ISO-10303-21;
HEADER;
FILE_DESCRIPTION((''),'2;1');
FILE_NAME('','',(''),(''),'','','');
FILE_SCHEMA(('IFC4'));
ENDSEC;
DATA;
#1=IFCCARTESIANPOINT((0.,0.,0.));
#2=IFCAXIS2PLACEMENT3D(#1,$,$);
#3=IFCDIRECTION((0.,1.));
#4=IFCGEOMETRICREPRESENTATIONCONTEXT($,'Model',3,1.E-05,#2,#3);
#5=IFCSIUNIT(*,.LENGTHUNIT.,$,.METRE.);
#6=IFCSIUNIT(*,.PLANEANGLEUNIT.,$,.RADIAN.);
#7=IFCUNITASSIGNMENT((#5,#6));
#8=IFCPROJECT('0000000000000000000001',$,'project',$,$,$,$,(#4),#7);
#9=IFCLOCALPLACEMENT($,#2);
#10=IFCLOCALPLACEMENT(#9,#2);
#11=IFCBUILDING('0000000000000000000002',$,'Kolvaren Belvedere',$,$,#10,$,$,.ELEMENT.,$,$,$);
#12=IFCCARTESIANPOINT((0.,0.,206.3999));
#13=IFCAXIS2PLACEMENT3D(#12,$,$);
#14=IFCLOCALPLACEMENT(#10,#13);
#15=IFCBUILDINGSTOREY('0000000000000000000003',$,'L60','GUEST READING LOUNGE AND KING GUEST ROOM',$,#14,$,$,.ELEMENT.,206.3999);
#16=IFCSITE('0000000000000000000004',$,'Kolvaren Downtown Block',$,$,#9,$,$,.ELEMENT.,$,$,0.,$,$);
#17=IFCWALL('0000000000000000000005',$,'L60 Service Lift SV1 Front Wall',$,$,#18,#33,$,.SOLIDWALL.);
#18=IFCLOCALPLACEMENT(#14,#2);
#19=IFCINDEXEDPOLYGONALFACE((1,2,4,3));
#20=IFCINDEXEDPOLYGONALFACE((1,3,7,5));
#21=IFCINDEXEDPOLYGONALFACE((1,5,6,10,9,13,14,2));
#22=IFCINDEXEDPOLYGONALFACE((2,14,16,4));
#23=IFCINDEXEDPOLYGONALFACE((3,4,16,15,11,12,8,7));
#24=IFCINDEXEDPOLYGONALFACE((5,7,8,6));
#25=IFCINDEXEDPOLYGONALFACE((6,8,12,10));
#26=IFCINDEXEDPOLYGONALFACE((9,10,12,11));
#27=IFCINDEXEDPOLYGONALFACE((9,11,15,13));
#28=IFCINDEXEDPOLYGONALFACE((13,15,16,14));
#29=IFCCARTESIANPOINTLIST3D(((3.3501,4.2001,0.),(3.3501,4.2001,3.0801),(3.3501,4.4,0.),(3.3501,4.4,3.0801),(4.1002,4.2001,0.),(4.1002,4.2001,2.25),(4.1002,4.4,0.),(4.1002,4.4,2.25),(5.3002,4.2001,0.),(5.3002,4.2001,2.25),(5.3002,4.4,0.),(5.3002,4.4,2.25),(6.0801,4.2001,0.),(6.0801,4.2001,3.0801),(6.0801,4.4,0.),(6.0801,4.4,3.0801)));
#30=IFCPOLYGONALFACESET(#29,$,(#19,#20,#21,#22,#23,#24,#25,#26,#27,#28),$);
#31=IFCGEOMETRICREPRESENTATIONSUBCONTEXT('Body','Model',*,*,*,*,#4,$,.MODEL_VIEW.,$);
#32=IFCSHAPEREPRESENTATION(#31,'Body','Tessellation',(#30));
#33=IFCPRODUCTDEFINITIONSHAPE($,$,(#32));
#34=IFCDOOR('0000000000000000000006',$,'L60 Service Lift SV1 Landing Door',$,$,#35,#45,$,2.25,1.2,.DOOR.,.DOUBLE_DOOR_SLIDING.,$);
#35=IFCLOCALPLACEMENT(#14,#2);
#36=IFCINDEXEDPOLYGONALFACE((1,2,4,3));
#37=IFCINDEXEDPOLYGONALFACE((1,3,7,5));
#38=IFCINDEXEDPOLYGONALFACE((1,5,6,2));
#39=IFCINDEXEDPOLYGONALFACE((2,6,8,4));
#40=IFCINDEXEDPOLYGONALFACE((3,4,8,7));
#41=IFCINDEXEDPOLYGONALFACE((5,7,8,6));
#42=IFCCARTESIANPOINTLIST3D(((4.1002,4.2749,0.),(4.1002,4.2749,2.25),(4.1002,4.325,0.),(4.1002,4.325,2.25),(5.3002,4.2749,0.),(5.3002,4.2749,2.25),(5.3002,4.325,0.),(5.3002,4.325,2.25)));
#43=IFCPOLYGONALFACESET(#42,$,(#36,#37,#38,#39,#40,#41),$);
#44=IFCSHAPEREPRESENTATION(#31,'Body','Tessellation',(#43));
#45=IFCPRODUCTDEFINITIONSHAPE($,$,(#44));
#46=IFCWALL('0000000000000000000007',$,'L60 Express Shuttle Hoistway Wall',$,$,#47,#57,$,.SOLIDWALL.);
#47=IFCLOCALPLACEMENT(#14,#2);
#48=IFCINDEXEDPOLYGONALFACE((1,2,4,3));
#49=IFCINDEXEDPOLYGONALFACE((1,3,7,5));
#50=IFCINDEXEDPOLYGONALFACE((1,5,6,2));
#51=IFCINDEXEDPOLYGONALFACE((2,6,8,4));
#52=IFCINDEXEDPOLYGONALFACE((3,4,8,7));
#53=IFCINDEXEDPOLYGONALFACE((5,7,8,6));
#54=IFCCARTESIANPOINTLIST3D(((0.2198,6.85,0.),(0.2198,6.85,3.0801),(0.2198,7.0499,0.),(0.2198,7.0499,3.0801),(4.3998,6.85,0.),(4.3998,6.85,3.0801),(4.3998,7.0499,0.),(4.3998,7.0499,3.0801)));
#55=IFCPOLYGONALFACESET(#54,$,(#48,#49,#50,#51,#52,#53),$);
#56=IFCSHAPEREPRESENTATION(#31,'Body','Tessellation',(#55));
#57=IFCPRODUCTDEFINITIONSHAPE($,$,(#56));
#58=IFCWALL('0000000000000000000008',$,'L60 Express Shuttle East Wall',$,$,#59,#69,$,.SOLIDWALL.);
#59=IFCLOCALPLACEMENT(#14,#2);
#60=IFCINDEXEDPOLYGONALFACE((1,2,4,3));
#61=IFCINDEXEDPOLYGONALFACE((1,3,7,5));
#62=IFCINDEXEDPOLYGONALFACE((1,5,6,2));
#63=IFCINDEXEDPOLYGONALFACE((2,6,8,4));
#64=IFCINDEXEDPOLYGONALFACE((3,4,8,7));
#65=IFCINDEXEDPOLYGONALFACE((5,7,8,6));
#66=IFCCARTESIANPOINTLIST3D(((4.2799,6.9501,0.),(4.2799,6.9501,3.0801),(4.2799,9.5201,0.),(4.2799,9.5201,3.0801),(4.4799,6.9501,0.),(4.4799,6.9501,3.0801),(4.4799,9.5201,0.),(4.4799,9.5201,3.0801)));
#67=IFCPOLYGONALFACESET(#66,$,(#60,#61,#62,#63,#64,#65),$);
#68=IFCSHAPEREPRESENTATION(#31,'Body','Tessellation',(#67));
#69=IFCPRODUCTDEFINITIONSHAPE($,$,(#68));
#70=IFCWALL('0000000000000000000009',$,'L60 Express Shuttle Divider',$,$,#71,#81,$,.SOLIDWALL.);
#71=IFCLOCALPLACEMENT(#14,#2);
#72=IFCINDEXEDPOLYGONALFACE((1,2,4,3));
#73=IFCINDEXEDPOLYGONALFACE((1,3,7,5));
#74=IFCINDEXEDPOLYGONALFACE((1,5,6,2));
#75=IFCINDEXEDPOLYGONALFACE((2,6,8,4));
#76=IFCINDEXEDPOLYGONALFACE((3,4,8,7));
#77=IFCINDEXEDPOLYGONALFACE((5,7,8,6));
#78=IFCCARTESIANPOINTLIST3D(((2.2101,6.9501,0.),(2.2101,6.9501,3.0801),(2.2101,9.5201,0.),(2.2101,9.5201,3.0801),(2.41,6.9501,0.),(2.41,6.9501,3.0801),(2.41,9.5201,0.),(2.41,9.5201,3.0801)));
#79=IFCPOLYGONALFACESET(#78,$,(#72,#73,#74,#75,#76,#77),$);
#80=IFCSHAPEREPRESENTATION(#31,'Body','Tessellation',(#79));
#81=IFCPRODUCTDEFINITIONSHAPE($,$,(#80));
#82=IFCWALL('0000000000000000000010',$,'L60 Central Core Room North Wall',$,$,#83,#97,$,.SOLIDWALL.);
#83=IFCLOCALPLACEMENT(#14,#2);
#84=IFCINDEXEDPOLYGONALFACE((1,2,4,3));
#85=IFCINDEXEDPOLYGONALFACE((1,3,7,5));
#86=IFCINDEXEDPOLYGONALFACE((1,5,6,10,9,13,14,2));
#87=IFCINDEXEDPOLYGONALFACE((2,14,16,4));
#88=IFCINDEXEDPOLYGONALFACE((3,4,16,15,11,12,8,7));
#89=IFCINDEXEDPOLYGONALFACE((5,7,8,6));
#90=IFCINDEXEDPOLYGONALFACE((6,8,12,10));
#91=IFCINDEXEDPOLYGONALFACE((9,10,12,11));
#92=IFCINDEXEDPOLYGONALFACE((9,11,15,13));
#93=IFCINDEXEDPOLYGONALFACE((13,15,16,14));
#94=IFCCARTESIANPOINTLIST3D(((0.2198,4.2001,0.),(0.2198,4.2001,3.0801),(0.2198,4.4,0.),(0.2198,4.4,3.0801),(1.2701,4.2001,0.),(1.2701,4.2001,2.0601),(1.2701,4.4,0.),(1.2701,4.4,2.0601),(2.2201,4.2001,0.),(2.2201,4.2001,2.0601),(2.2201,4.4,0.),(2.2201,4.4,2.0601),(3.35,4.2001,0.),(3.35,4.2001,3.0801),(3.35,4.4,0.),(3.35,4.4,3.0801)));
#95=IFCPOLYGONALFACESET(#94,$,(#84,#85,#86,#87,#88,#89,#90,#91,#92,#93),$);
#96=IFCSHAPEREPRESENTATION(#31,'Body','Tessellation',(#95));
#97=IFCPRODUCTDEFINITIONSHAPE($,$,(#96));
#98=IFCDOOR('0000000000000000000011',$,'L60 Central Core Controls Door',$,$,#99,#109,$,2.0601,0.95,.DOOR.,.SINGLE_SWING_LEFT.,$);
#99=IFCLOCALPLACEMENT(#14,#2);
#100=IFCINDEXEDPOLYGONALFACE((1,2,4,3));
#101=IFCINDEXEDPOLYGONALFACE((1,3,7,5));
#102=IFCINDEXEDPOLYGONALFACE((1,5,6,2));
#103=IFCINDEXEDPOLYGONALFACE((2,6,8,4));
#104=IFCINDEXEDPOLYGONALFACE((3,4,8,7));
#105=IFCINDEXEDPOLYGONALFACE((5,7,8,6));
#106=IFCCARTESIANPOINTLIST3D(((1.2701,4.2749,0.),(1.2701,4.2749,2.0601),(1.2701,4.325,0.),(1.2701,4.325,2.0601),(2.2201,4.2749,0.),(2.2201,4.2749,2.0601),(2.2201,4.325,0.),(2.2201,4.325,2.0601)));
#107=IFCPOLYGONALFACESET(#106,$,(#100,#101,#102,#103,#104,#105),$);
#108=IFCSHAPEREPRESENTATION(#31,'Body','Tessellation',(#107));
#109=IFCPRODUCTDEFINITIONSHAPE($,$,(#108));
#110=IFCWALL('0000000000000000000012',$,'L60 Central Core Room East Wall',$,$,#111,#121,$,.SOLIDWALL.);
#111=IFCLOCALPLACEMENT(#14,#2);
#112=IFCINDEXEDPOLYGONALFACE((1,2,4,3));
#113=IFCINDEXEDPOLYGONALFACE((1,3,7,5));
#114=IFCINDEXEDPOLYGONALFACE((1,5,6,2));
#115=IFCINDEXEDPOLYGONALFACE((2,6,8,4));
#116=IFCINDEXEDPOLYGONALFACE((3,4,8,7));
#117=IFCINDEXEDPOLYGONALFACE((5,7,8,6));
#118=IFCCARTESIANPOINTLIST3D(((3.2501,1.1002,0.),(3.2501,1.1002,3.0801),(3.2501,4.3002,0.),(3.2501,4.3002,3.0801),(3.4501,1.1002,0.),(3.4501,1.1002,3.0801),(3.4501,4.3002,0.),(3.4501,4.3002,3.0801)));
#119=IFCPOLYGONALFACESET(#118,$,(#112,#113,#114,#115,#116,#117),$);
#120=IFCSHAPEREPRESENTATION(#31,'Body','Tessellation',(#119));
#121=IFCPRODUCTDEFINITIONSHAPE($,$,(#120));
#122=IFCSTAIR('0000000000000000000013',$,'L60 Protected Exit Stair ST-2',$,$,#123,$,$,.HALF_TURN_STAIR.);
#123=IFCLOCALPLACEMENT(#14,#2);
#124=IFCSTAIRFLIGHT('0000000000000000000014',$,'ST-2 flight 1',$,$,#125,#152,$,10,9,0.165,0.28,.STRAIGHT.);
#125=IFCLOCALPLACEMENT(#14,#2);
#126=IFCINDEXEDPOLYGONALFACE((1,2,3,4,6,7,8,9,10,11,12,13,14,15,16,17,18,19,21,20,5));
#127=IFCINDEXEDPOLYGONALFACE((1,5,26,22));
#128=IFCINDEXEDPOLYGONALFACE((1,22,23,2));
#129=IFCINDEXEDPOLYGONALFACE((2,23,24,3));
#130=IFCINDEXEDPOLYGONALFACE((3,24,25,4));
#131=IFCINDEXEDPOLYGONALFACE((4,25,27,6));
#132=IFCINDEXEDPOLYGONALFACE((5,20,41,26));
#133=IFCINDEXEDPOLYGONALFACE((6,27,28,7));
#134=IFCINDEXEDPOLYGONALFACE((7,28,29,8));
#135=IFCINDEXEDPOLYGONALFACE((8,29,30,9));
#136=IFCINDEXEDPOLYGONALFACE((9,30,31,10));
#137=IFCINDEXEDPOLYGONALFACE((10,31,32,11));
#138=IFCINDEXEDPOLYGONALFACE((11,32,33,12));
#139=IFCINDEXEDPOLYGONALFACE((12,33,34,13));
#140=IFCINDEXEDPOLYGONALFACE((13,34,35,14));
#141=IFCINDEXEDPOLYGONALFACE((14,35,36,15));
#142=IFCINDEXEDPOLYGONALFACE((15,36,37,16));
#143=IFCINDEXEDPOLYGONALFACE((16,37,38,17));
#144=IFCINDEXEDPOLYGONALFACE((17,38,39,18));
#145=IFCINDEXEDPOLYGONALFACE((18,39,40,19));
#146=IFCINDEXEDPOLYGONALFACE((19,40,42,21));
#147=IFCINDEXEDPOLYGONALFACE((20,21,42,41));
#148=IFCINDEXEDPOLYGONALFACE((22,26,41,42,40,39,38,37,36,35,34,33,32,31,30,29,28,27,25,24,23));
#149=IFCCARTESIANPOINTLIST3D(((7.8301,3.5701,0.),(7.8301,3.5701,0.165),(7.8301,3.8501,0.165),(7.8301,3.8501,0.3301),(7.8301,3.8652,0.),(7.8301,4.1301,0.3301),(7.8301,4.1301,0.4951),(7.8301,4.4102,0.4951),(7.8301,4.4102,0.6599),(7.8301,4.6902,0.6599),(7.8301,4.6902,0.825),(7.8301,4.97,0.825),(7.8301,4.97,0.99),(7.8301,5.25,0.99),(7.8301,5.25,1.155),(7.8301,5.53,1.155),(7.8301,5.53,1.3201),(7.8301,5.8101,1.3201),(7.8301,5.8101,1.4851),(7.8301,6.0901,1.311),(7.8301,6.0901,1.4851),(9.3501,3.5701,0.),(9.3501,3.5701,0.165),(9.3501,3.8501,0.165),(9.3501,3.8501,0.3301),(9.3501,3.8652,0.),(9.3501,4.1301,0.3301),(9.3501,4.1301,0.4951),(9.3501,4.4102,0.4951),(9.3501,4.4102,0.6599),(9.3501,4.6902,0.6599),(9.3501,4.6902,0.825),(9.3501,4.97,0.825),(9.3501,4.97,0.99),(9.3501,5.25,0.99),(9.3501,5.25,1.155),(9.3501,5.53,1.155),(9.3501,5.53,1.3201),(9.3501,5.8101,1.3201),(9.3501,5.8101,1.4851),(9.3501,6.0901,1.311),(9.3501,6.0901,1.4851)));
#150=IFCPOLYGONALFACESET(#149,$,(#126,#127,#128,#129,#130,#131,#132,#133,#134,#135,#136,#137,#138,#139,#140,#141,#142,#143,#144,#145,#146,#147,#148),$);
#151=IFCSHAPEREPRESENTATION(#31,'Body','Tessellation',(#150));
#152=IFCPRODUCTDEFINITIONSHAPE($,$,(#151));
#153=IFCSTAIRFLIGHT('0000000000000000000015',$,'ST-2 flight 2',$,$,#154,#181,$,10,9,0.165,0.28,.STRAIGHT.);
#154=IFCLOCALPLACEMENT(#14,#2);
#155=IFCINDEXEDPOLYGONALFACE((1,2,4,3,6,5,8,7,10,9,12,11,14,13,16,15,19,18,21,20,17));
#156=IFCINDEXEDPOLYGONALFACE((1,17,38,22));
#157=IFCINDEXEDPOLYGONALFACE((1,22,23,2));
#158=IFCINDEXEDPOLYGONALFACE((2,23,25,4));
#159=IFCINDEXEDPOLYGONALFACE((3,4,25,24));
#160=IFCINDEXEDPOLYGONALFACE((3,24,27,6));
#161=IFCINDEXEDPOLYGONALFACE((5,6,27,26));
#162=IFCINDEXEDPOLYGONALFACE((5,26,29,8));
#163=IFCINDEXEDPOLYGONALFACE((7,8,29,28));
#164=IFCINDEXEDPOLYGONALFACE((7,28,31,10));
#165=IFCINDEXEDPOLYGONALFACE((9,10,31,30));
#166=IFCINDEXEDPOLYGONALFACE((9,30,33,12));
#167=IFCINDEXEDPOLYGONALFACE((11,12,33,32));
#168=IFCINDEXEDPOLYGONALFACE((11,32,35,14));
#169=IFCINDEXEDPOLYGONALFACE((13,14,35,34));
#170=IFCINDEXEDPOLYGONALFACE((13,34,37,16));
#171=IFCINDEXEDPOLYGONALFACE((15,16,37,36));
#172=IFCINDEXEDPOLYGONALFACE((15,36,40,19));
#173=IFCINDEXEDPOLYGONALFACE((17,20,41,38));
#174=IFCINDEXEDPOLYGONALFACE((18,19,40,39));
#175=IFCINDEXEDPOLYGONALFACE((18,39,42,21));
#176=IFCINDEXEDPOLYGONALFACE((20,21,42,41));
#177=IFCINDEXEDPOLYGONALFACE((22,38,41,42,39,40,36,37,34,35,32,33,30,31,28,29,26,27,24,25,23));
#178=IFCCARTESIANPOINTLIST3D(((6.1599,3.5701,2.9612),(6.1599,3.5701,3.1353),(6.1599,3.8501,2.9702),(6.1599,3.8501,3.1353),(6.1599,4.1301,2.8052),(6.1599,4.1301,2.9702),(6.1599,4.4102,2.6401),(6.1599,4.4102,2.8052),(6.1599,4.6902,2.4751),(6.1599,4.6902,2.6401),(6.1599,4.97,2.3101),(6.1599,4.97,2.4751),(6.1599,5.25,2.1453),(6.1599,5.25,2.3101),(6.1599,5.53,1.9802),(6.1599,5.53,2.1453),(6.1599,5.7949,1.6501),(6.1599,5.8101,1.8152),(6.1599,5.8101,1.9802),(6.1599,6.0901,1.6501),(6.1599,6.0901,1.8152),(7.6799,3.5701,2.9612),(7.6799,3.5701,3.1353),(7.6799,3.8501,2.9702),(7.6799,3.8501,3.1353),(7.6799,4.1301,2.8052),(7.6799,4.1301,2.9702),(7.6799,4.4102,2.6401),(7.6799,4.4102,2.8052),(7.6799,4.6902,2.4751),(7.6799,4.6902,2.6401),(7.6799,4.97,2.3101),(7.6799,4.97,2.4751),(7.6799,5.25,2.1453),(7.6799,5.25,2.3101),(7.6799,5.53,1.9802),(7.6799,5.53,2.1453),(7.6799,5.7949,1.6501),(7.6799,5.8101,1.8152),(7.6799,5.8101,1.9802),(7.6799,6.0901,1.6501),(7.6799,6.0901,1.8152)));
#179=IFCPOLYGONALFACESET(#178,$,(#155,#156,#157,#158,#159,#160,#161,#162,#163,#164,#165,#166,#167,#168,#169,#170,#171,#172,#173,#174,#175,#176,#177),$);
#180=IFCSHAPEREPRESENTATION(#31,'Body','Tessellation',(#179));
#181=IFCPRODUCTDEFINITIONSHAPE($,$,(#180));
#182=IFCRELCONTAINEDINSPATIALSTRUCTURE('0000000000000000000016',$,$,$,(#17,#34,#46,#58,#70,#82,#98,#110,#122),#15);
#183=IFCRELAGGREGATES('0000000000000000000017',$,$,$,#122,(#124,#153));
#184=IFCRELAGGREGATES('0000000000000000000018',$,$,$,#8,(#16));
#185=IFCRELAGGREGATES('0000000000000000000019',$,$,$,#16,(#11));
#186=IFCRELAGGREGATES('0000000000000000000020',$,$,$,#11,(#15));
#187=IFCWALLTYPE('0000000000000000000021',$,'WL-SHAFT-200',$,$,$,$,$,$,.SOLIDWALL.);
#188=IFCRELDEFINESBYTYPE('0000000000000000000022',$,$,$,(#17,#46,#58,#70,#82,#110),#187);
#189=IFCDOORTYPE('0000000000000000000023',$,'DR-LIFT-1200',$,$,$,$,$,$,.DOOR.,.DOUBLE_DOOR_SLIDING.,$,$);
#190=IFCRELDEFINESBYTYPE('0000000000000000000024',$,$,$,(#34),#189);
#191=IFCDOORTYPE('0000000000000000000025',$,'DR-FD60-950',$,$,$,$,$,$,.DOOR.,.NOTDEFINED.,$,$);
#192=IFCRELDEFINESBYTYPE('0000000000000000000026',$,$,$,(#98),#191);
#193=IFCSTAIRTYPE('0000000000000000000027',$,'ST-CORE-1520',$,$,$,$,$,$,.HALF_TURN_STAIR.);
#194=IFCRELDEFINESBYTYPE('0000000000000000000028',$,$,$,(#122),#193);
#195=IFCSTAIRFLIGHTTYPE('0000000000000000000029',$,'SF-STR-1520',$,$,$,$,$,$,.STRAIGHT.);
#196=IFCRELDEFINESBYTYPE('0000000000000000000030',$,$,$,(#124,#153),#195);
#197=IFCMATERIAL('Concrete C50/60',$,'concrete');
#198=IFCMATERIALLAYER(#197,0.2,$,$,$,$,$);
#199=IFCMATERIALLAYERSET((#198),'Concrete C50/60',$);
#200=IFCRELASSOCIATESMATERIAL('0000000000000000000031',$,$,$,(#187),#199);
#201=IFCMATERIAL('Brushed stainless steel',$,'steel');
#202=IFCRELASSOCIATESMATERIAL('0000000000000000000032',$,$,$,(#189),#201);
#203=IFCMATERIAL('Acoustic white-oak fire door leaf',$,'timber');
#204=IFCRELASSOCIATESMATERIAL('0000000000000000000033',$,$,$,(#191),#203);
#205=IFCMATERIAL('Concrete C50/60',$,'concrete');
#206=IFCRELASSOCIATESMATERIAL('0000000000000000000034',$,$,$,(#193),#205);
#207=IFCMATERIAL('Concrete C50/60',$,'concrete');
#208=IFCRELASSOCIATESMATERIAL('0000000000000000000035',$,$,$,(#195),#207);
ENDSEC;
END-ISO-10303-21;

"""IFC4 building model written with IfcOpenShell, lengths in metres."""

from ifc_helpers import new_model, si_unit, direction, frame, frame_2d, origin, place, context, subcontext, project, spatial, polyline, rectangle, outline, extrude, material, layer, layer_set, type_object, element, fill, aggregate, save


model = new_model("IFC4")

# Units and contexts
model_context = context("Model", 3, precision=1e-05, world=origin(), true_north=direction((0.0, 1.0)))
body_context = subcontext(model_context, "Body", "Model", "MODEL_VIEW")
ifc_project = project(units=[si_unit("LENGTHUNIT", "METRE"), si_unit("PLANEANGLEUNIT", "RADIAN")], contexts=[model_context])

# Site, building, storey
site_placement = place(None, origin())
site = spatial("IfcSite", under=ifc_project, at=site_placement, Name="Kolvaren Downtown Block", CompositionType="ELEMENT", RefElevation=0.0)
building_placement = place(site_placement, origin())
building = spatial("IfcBuilding", under=site, at=building_placement, Name="Kolvaren Belvedere", CompositionType="ELEMENT")
storey_placement = place(building_placement, frame((0.0, 0.0, 206.3999)))
storey = spatial("IfcBuildingStorey", under=building, at=storey_placement, Name="L60", Description="GUEST READING LOUNGE AND KING GUEST ROOM", CompositionType="ELEMENT", Elevation=206.3999)

# Shared definitions
ifc_material_1 = material(Name="Concrete C50/60", Category="concrete")
ifc_layer_1 = layer(ifc_material_1, 0.2)
ifc_layer_set_1 = layer_set([ifc_layer_1], Name="Concrete C50/60")
wall_type_1 = type_object("IfcWallType", Name="WL-SHAFT-200", PredefinedType="SOLIDWALL", material=ifc_layer_set_1)

# Wall, opening, door
wall_1_placement = place(storey_placement, frame((3.3501, 4.3, 0.0), z_axis=(0.0, 0.0, 1.0), x_axis=(1.0, 0.0, 0.0)))
wall_1 = element("IfcWall", 1, at=wall_1_placement, inside=storey, type_object=wall_type_1, Name="L60 Service Lift SV1 Front Wall", PredefinedType="SOLIDWALL", context=body_context, shape_type="SweptSolid", body=[
    extrude(rectangle(XDim=2.73, YDim=0.2, at=frame_2d((1.365, 0.0))), origin(), (0.0, 0.0, 1.0), 3.0801),
])
opening_1_placement = place(wall_1_placement, frame((0.75, 0.0, 0.0)))
opening_1 = element("IfcOpeningElement", 2, at=opening_1_placement, cuts=wall_1, PredefinedType="OPENING", context=body_context, shape_type="SweptSolid", body=[
    extrude(rectangle(XDim=1.2, YDim=2.25, at=frame_2d((0.6001, 1.125))), frame((0.0, 0.1099, 0.0), z_axis=(0.0, -1.0, 0.0), x_axis=(1.0, 0.0, 0.0)), (0.0, 0.0, 1.0), 0.22),
])
ifc_material_2 = material(Name="Brushed stainless steel", Category="steel")
door_type_1 = type_object("IfcDoorType", Name="DR-LIFT-1200", OperationType="DOUBLE_DOOR_SLIDING", PredefinedType="DOOR", material=ifc_material_2)
door_1_placement = place(opening_1_placement, origin())
door_1 = element("IfcDoor", 3, at=door_1_placement, inside=storey, type_object=door_type_1, Name="L60 Service Lift SV1 Landing Door", OperationType="DOUBLE_DOOR_SLIDING", OverallHeight=2.25, OverallWidth=1.2, PredefinedType="DOOR", context=body_context, shape_type="SweptSolid", body=[
    extrude(rectangle(XDim=1.2, YDim=2.25, at=frame_2d((0.6001, 1.125))), frame((0.0, 0.0249, 0.0), z_axis=(0.0, -1.0, 0.0), x_axis=(1.0, 0.0, 0.0)), (0.0, 0.0, 1.0), 0.05),
])
fill(opening_1, door_1)

# Walls
wall_2_placement = place(storey_placement, frame((0.22, 6.95, 0.0), z_axis=(0.0, 0.0, 1.0), x_axis=(1.0, 0.0, 0.0)))
element("IfcWall", 4, at=wall_2_placement, inside=storey, type_object=wall_type_1, Name="L60 Express Shuttle Hoistway Wall", PredefinedType="SOLIDWALL", context=body_context, shape_type="SweptSolid", body=[
    extrude(rectangle(XDim=4.1799, YDim=0.2, at=frame_2d((2.0898, 0.0))), origin(), (0.0, 0.0, 1.0), 3.0801),
])
for number, where, z_axis, x_axis, name in (
    (5, (4.3799, 6.95, 0.0), (0.0, 0.0, 1.0), (0.0, 1.0, 0.0), "L60 Express Shuttle East Wall"),
    (6, (2.3101, 6.95, 0.0), (0.0, 0.0, 1.0), (0.0, 1.0, 0.0), "L60 Express Shuttle Divider"),
):
    element("IfcWall", number, at=place(storey_placement, frame(where, z_axis=z_axis, x_axis=x_axis)), inside=storey, type_object=wall_type_1, Name=name, PredefinedType="SOLIDWALL", context=body_context, shape_type="SweptSolid", body=[
        extrude(rectangle(XDim=2.5701, YDim=0.2, at=frame_2d((1.2852, 0.0))), origin(), (0.0, 0.0, 1.0), 3.0801),
    ])

# Wall, opening, door
wall_3_placement = place(storey_placement, frame((0.22, 4.3, 0.0), z_axis=(0.0, 0.0, 1.0), x_axis=(1.0, 0.0, 0.0)))
wall_3 = element("IfcWall", 7, at=wall_3_placement, inside=storey, type_object=wall_type_1, Name="L60 Central Core Room North Wall", PredefinedType="SOLIDWALL", context=body_context, shape_type="SweptSolid", body=[
    extrude(rectangle(XDim=3.1301, YDim=0.2, at=frame_2d((1.5649, 0.0))), origin(), (0.0, 0.0, 1.0), 3.0801),
])
opening_2_placement = place(wall_3_placement, frame((1.05, 0.0, 0.0)))
opening_2 = element("IfcOpeningElement", 8, at=opening_2_placement, cuts=wall_3, PredefinedType="OPENING", context=body_context, shape_type="SweptSolid", body=[
    extrude(rectangle(XDim=0.95, YDim=2.0601, at=frame_2d((0.4751, 1.03))), frame((0.0, 0.1099, 0.0), z_axis=(0.0, -1.0, 0.0), x_axis=(1.0, 0.0, 0.0)), (0.0, 0.0, 1.0), 0.22),
])
ifc_material_3 = material(Name="Acoustic white-oak fire door leaf", Category="timber")
door_type_2 = type_object("IfcDoorType", Name="DR-FD60-950", OperationType="NOTDEFINED", PredefinedType="DOOR", material=ifc_material_3)
door_2_placement = place(opening_2_placement, origin())
door_2 = element("IfcDoor", 9, at=door_2_placement, inside=storey, type_object=door_type_2, Name="L60 Central Core Controls Door", OperationType="SINGLE_SWING_LEFT", OverallHeight=2.0601, OverallWidth=0.95, PredefinedType="DOOR", context=body_context, shape_type="SweptSolid", body=[
    extrude(rectangle(XDim=0.95, YDim=2.0601, at=frame_2d((0.4751, 1.03))), frame((0.0, 0.0249, 0.0), z_axis=(0.0, -1.0, 0.0), x_axis=(1.0, 0.0, 0.0)), (0.0, 0.0, 1.0), 0.05),
])
fill(opening_2, door_2)

# Wall
wall_4_placement = place(storey_placement, frame((3.3501, 1.1001, 0.0), z_axis=(0.0, 0.0, 1.0), x_axis=(0.0, 1.0, 0.0)))
element("IfcWall", 10, at=wall_4_placement, inside=storey, type_object=wall_type_1, Name="L60 Central Core Room East Wall", PredefinedType="SOLIDWALL", context=body_context, shape_type="SweptSolid", body=[
    extrude(rectangle(XDim=3.2, YDim=0.2, at=frame_2d((1.6001, 0.0))), origin(), (0.0, 0.0, 1.0), 3.0801),
])

# Stair, stair flights
ifc_material_4 = material(Name="Concrete C50/60", Category="concrete")
stair_type = type_object("IfcStairType", Name="ST-CORE-1520", PredefinedType="HALF_TURN_STAIR", material=ifc_material_4)
stair_placement = place(storey_placement, origin())
stair = element("IfcStair", 11, at=stair_placement, inside=storey, type_object=stair_type, Name="L60 Protected Exit Stair ST-2", PredefinedType="HALF_TURN_STAIR")
ifc_material_5 = material(Name="Concrete C50/60", Category="concrete")
stair_flight_type = type_object("IfcStairFlightType", Name="SF-STR-1520", PredefinedType="STRAIGHT", material=ifc_material_5)
stair_flight_1_placement = place(storey_placement, frame((8.5901, 3.5701, 0.0), z_axis=(0.0, 0.0, 1.0), x_axis=(0.0, 1.0, 0.0)))
stair_flight_1 = element("IfcStairFlight", 12, at=stair_flight_1_placement, type_object=stair_flight_type, Name="ST-2 flight 1", NumberOfRisers=10, NumberOfTreads=9, PredefinedType="STRAIGHT", RiserHeight=0.165, TreadLength=0.28, context=body_context, shape_type="SweptSolid", body=[
    extrude(outline(polyline([(0.0, 0.0), (0.0, 0.165), (0.28, 0.165), (0.28, 0.3301), (0.5601, 0.3301), (0.5601, 0.4951), (0.8401, 0.4951), (0.8401, 0.6599), (1.1201, 0.6599), (1.1201, 0.825), (1.3999, 0.825), (1.3999, 0.99), (1.6799, 0.99), (1.6799, 1.155), (1.96, 1.155), (1.96, 1.3201), (2.24, 1.3201), (2.24, 1.4851), (2.52, 1.4851), (2.52, 1.6499), (2.52, 1.311), (0.2952, 0.0), (0.0, 0.0)])), frame((0.0, 0.76, 0.0), z_axis=(0.0, -1.0, 0.0), x_axis=(1.0, 0.0, 0.0)), (0.0, 0.0, 1.0), 1.52),
])
stair_flight_2_placement = place(storey_placement, frame((6.9199, 6.0901, 1.6501), z_axis=(0.0, 0.0, 1.0), x_axis=(0.0, -1.0, 0.0)))
stair_flight_2 = element("IfcStairFlight", 13, at=stair_flight_2_placement, type_object=stair_flight_type, Name="ST-2 flight 2", NumberOfRisers=10, NumberOfTreads=9, PredefinedType="STRAIGHT", RiserHeight=0.165, TreadLength=0.28, context=body_context, shape_type="SweptSolid", body=[
    extrude(outline(polyline([(0.0, 0.0), (0.0, 0.165), (0.28, 0.165), (0.28, 0.3301), (0.5601, 0.3301), (0.5601, 0.4951), (0.8401, 0.4951), (0.8401, 0.6599), (1.1201, 0.6599), (1.1201, 0.825), (1.3999, 0.825), (1.3999, 0.99), (1.6799, 0.99), (1.6799, 1.155), (1.96, 1.155), (1.96, 1.3201), (2.24, 1.3201), (2.24, 1.4851), (2.52, 1.4851), (2.52, 1.6499), (2.52, 1.311), (0.2952, 0.0), (0.0, 0.0)])), frame((0.0, 0.76, 0.0), z_axis=(0.0, -1.0, 0.0), x_axis=(1.0, 0.0, 0.0)), (0.0, 0.0, 1.0), 1.52),
])
aggregate(stair, [stair_flight_1, stair_flight_2])

save(model, "model.ifc")
